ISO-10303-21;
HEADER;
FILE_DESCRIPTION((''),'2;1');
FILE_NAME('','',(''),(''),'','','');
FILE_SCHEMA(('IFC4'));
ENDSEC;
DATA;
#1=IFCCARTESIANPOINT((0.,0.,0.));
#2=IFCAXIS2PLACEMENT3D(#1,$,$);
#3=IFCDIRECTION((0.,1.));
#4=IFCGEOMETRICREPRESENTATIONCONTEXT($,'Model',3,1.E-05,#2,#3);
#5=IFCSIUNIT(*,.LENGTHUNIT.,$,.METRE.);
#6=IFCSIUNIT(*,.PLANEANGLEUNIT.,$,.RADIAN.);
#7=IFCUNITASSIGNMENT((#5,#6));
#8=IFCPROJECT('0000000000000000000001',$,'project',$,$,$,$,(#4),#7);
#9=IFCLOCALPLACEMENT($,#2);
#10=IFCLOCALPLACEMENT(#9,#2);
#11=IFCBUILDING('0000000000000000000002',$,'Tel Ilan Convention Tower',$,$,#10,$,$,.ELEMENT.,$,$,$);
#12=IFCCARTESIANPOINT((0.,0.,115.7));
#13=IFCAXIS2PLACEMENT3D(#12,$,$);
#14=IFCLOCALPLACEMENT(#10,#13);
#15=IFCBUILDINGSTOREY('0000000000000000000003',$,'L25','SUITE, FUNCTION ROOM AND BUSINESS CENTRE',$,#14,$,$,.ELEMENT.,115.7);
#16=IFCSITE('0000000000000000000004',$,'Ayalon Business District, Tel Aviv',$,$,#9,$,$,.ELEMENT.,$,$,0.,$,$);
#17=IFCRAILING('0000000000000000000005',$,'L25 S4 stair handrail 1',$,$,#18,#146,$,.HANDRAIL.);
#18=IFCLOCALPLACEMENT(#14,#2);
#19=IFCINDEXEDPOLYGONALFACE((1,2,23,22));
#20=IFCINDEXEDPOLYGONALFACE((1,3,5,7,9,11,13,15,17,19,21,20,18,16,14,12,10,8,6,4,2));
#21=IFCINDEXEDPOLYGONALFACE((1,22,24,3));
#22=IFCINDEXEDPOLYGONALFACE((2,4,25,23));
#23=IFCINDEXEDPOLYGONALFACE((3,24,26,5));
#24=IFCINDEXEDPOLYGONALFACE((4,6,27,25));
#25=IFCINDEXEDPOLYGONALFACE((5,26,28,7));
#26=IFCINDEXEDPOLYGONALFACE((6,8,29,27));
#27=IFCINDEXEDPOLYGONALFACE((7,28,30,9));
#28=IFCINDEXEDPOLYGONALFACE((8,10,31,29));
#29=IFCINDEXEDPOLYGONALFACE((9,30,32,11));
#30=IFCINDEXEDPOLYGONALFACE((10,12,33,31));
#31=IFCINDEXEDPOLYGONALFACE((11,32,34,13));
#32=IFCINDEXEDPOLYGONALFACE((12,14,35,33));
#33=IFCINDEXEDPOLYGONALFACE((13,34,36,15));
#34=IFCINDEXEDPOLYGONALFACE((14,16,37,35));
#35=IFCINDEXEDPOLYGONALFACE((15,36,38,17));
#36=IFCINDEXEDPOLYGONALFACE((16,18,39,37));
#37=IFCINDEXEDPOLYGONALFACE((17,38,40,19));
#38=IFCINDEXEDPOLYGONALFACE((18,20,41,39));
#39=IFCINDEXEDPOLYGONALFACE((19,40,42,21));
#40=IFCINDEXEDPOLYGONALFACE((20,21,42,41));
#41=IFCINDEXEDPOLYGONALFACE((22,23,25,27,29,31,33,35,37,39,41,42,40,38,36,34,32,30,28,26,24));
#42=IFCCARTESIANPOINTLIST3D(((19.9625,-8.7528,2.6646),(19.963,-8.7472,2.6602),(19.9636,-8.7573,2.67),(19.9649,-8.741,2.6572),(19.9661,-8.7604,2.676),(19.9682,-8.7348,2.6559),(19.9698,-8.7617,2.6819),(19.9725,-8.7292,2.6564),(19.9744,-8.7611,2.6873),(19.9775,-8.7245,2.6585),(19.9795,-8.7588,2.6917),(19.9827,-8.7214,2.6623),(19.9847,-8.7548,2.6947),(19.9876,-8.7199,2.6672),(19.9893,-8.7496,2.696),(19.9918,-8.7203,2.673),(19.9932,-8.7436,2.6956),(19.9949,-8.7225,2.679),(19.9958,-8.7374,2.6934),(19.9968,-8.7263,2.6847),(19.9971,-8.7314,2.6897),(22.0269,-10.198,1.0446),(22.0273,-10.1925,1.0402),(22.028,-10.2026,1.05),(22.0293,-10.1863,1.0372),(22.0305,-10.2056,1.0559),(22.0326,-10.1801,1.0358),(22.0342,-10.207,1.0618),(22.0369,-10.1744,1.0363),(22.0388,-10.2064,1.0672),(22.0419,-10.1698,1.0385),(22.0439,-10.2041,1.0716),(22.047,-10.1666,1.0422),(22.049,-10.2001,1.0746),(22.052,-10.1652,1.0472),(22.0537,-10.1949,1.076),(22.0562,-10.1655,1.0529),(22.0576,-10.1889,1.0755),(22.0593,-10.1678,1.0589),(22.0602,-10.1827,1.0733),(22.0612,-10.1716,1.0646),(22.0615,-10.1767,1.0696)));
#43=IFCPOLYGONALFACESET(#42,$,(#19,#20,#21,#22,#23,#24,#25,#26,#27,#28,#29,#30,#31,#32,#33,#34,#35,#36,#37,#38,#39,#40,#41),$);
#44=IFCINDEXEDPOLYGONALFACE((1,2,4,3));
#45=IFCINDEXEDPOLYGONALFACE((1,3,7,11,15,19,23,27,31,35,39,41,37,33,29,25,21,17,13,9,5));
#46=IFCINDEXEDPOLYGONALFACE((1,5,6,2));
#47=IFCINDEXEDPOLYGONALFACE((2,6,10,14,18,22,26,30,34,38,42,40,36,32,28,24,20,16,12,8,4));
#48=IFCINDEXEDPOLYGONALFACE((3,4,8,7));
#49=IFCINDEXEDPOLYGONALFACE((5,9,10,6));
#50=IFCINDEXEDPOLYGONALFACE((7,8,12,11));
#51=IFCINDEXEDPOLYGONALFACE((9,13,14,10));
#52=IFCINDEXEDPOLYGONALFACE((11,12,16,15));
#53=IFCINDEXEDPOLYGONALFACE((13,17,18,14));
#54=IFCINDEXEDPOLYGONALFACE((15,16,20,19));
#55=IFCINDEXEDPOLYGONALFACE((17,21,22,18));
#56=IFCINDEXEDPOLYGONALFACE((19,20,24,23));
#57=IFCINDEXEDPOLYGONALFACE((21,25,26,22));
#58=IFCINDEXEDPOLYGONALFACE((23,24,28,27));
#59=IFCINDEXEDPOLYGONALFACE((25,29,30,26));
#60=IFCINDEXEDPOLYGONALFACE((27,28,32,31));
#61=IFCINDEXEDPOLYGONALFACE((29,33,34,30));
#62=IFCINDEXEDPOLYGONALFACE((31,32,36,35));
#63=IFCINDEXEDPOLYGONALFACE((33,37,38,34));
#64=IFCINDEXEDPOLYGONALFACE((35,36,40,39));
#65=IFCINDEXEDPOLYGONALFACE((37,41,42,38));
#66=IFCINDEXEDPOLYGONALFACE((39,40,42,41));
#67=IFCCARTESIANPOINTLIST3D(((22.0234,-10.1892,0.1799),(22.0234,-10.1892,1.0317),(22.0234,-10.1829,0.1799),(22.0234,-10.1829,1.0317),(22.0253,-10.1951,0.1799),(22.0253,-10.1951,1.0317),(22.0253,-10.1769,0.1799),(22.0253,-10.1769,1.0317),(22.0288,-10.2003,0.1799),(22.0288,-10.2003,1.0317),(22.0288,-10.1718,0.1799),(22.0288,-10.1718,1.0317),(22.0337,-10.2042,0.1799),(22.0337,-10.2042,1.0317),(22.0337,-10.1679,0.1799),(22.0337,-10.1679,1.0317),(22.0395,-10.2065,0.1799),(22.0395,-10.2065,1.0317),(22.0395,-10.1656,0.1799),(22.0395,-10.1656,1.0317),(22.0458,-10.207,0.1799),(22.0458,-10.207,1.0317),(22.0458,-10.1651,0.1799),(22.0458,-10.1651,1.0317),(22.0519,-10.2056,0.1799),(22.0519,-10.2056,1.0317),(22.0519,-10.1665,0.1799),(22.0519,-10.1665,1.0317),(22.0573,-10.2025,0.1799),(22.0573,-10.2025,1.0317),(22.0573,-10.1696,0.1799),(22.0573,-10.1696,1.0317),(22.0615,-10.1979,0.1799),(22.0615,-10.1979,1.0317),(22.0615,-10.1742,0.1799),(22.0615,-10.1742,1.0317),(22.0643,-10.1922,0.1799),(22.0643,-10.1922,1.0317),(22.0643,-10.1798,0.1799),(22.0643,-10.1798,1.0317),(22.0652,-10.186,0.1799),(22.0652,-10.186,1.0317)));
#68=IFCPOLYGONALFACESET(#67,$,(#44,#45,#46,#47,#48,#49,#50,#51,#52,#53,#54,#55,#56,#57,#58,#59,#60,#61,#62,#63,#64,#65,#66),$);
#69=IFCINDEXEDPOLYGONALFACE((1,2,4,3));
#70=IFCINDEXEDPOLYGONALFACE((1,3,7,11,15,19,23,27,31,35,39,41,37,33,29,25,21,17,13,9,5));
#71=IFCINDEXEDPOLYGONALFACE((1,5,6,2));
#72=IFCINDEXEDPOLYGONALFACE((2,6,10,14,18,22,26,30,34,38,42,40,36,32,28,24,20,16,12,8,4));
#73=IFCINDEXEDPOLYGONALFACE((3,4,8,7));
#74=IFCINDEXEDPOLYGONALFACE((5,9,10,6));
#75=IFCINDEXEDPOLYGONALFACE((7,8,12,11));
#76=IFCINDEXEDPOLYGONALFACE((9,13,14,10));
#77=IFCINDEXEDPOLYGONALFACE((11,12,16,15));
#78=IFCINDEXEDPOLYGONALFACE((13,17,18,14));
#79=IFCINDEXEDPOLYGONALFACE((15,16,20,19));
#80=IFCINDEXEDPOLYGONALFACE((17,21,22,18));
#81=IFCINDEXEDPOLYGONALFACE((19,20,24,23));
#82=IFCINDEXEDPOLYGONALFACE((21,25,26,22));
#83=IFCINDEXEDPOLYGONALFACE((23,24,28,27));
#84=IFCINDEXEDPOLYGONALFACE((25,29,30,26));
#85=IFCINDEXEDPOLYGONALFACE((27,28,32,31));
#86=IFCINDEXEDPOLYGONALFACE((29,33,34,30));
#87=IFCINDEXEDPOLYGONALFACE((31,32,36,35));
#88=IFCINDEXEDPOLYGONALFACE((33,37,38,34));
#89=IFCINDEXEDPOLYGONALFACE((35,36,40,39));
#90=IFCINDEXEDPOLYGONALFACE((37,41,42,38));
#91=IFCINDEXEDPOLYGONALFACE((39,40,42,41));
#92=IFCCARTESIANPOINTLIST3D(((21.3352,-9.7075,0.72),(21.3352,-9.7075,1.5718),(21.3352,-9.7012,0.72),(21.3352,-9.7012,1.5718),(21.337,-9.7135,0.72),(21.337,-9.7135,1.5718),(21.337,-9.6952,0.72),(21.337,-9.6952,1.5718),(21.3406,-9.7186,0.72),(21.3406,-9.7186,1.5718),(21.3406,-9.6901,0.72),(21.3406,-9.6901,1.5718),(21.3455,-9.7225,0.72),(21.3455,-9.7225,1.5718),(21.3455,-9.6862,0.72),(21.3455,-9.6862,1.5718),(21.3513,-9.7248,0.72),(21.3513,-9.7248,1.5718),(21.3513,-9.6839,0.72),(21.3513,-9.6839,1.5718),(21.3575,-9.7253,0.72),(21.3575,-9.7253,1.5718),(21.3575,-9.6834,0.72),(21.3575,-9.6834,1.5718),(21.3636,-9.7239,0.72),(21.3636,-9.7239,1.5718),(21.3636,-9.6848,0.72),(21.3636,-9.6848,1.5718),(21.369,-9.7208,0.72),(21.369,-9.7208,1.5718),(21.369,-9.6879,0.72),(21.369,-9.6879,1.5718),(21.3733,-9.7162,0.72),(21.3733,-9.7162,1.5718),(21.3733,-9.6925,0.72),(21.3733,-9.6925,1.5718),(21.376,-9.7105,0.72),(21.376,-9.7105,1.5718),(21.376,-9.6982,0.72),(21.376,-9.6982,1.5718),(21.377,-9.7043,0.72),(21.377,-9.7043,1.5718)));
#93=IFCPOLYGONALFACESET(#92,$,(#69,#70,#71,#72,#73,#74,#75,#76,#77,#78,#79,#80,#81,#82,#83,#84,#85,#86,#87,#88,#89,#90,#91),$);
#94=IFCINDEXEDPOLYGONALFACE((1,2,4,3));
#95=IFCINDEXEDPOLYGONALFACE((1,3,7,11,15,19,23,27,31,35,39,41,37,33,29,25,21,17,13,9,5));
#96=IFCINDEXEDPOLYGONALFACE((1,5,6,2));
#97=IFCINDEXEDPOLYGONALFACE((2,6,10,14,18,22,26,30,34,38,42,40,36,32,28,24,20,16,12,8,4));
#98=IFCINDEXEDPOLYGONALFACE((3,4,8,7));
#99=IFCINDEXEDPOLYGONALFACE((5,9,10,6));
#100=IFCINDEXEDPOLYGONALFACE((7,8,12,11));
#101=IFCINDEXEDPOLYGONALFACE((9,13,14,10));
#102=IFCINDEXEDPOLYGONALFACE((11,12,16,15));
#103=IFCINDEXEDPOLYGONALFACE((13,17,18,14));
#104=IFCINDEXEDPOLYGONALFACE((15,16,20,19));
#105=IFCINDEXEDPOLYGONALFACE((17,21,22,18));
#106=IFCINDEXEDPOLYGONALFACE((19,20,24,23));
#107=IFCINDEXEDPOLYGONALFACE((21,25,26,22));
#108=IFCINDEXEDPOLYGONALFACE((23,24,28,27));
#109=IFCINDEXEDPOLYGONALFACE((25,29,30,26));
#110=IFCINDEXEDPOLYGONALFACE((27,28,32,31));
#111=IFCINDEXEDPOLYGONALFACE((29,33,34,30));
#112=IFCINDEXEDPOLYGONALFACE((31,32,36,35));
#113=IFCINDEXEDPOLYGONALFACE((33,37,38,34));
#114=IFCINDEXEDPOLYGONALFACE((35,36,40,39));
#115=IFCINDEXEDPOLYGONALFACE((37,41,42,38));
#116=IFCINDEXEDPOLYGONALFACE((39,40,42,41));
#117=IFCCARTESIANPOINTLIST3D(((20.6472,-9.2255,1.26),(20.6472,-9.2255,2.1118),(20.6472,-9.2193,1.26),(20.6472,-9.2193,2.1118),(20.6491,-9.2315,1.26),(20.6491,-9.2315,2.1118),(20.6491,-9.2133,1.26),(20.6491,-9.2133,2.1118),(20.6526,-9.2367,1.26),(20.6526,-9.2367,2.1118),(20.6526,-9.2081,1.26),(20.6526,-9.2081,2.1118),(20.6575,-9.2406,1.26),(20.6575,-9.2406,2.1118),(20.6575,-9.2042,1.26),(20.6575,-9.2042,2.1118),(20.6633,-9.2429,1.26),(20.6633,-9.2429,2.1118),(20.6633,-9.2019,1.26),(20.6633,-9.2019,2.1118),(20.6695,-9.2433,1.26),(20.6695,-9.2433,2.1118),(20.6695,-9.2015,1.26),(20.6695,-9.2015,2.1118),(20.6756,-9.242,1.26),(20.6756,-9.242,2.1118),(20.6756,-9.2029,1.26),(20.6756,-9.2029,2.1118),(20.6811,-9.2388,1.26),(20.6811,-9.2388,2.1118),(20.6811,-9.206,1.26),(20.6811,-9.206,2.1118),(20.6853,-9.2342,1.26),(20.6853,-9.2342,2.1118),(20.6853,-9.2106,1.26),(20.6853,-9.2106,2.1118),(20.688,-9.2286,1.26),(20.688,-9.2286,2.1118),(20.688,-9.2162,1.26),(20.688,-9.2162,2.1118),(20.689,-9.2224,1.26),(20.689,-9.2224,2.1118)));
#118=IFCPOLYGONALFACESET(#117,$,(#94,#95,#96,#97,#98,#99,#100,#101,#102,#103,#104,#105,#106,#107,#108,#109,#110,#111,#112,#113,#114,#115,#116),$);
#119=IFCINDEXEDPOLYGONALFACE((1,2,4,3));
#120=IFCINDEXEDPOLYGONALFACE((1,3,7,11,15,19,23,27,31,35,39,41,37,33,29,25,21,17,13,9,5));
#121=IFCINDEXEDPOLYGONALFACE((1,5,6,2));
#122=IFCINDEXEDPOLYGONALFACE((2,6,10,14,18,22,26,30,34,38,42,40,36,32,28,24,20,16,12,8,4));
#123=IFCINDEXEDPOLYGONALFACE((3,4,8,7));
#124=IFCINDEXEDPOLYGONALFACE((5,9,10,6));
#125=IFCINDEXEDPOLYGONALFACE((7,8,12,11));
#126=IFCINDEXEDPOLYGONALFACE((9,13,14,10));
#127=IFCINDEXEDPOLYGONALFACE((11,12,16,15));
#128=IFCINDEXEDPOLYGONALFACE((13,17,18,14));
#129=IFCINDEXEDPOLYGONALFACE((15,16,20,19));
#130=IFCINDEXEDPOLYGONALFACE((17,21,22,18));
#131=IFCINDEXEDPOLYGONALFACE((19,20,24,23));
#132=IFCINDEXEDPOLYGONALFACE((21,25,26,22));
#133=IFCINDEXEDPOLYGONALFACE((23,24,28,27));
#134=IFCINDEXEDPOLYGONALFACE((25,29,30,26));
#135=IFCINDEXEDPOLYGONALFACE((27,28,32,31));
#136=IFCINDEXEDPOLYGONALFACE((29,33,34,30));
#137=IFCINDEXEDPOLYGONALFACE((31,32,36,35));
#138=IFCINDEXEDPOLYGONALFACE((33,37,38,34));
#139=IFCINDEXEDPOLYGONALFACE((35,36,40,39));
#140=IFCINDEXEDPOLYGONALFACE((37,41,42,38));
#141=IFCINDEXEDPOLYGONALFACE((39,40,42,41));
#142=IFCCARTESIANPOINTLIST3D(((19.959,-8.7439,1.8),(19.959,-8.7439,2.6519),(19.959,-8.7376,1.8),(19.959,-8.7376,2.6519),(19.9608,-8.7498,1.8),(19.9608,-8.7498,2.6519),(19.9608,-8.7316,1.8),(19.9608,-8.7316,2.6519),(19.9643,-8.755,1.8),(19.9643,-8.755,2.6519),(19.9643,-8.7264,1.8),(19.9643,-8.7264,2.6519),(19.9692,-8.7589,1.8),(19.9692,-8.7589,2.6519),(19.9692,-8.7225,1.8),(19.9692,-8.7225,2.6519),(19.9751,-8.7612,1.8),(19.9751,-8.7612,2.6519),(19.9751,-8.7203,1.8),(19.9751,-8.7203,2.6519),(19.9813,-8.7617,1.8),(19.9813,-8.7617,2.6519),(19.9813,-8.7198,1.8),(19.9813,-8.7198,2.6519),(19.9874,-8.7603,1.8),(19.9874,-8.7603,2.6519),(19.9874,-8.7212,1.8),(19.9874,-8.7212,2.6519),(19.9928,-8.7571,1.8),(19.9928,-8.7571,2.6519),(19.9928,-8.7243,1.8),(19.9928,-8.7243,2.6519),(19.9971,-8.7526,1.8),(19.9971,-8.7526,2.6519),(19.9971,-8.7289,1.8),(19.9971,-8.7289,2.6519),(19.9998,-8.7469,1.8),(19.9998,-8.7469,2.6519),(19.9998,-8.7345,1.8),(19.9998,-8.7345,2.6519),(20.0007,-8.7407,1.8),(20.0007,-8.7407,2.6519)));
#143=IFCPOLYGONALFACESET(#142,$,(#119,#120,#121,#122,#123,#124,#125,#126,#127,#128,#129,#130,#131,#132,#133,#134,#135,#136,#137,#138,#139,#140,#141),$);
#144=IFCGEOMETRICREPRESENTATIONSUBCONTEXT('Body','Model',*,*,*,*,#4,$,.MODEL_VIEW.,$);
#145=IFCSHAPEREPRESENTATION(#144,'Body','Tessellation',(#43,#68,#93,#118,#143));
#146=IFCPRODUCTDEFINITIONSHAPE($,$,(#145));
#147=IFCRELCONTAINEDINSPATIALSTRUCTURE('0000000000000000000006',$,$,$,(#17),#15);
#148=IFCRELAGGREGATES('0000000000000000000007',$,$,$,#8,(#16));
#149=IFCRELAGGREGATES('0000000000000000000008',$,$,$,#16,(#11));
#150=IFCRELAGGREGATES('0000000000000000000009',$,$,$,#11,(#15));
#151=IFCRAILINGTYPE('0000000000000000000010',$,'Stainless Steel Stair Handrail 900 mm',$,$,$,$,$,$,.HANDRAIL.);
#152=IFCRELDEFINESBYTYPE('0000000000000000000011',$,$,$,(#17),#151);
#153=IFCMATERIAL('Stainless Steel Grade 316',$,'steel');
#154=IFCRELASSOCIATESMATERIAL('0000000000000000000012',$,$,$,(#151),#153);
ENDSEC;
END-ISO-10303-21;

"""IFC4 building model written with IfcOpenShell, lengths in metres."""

from ifc_helpers import new_model, si_unit, direction, frame, origin, origin_2d, place, context, subcontext, project, spatial, circle, extrude, material, type_object, element, save


model = new_model("IFC4")

# Units and contexts
model_context = context("Model", 3, precision=1e-05, world=origin(), true_north=direction((0.0, 1.0)))
body_context = subcontext(model_context, "Body", "Model", "MODEL_VIEW")
ifc_project = project(units=[si_unit("LENGTHUNIT", "METRE"), si_unit("PLANEANGLEUNIT", "RADIAN")], contexts=[model_context])

# Site, building, storey
site_placement = place(None, origin())
site = spatial("IfcSite", under=ifc_project, at=site_placement, Name="Ayalon Business District, Tel Aviv", CompositionType="ELEMENT", RefElevation=0.0)
building_placement = place(site_placement, origin())
building = spatial("IfcBuilding", under=site, at=building_placement, Name="Tel Ilan Convention Tower", CompositionType="ELEMENT")
storey_placement = place(building_placement, frame((0.0, 0.0, 115.7)))
storey = spatial("IfcBuildingStorey", under=building, at=storey_placement, Name="L25", Description="SUITE, FUNCTION ROOM AND BUSINESS CENTRE", CompositionType="ELEMENT", Elevation=115.7)

# Railing
ifc_material_1 = material(Name="Stainless Steel Grade 316", Category="steel")
railing_type_1 = type_object("IfcRailingType", Name="Stainless Steel Stair Handrail 900 mm", PredefinedType="HANDRAIL", material=ifc_material_1)
railing_1_placement = place(storey_placement, frame((22.0442, -10.186, 0.1799)))
element("IfcRailing", 1, at=railing_1_placement, inside=storey, type_object=railing_type_1, Name="L25 S4 stair handrail 1", PredefinedType="HANDRAIL", context=body_context, shape_type="SweptSolid", body=[
    extrude(circle(Radius=0.0239, at=origin_2d()), frame((0.0, 0.0, 0.876), z_axis=(-0.689083, 0.482423, 0.54077), x_axis=(-0.573514, -0.819196, 0.0)), (0.0, 0.0, 1.0), 2.9958),
    extrude(circle(Radius=0.021, at=origin_2d()), origin(), (0.0, 0.0, 1.0), 0.8518),
    extrude(circle(Radius=0.021, at=origin_2d()), frame((-0.6882, 0.4817, 0.54)), (0.0, 0.0, 1.0), 0.8518),
    extrude(circle(Radius=0.021, at=origin_2d()), frame((-1.3762, 0.9636, 1.0801)), (0.0, 0.0, 1.0), 0.8518),
    extrude(circle(Radius=0.021, at=origin_2d()), frame((-2.0645, 1.4453, 1.6201)), (0.0, 0.0, 1.0), 0.8518),
])

save(model, "model.ifc")
